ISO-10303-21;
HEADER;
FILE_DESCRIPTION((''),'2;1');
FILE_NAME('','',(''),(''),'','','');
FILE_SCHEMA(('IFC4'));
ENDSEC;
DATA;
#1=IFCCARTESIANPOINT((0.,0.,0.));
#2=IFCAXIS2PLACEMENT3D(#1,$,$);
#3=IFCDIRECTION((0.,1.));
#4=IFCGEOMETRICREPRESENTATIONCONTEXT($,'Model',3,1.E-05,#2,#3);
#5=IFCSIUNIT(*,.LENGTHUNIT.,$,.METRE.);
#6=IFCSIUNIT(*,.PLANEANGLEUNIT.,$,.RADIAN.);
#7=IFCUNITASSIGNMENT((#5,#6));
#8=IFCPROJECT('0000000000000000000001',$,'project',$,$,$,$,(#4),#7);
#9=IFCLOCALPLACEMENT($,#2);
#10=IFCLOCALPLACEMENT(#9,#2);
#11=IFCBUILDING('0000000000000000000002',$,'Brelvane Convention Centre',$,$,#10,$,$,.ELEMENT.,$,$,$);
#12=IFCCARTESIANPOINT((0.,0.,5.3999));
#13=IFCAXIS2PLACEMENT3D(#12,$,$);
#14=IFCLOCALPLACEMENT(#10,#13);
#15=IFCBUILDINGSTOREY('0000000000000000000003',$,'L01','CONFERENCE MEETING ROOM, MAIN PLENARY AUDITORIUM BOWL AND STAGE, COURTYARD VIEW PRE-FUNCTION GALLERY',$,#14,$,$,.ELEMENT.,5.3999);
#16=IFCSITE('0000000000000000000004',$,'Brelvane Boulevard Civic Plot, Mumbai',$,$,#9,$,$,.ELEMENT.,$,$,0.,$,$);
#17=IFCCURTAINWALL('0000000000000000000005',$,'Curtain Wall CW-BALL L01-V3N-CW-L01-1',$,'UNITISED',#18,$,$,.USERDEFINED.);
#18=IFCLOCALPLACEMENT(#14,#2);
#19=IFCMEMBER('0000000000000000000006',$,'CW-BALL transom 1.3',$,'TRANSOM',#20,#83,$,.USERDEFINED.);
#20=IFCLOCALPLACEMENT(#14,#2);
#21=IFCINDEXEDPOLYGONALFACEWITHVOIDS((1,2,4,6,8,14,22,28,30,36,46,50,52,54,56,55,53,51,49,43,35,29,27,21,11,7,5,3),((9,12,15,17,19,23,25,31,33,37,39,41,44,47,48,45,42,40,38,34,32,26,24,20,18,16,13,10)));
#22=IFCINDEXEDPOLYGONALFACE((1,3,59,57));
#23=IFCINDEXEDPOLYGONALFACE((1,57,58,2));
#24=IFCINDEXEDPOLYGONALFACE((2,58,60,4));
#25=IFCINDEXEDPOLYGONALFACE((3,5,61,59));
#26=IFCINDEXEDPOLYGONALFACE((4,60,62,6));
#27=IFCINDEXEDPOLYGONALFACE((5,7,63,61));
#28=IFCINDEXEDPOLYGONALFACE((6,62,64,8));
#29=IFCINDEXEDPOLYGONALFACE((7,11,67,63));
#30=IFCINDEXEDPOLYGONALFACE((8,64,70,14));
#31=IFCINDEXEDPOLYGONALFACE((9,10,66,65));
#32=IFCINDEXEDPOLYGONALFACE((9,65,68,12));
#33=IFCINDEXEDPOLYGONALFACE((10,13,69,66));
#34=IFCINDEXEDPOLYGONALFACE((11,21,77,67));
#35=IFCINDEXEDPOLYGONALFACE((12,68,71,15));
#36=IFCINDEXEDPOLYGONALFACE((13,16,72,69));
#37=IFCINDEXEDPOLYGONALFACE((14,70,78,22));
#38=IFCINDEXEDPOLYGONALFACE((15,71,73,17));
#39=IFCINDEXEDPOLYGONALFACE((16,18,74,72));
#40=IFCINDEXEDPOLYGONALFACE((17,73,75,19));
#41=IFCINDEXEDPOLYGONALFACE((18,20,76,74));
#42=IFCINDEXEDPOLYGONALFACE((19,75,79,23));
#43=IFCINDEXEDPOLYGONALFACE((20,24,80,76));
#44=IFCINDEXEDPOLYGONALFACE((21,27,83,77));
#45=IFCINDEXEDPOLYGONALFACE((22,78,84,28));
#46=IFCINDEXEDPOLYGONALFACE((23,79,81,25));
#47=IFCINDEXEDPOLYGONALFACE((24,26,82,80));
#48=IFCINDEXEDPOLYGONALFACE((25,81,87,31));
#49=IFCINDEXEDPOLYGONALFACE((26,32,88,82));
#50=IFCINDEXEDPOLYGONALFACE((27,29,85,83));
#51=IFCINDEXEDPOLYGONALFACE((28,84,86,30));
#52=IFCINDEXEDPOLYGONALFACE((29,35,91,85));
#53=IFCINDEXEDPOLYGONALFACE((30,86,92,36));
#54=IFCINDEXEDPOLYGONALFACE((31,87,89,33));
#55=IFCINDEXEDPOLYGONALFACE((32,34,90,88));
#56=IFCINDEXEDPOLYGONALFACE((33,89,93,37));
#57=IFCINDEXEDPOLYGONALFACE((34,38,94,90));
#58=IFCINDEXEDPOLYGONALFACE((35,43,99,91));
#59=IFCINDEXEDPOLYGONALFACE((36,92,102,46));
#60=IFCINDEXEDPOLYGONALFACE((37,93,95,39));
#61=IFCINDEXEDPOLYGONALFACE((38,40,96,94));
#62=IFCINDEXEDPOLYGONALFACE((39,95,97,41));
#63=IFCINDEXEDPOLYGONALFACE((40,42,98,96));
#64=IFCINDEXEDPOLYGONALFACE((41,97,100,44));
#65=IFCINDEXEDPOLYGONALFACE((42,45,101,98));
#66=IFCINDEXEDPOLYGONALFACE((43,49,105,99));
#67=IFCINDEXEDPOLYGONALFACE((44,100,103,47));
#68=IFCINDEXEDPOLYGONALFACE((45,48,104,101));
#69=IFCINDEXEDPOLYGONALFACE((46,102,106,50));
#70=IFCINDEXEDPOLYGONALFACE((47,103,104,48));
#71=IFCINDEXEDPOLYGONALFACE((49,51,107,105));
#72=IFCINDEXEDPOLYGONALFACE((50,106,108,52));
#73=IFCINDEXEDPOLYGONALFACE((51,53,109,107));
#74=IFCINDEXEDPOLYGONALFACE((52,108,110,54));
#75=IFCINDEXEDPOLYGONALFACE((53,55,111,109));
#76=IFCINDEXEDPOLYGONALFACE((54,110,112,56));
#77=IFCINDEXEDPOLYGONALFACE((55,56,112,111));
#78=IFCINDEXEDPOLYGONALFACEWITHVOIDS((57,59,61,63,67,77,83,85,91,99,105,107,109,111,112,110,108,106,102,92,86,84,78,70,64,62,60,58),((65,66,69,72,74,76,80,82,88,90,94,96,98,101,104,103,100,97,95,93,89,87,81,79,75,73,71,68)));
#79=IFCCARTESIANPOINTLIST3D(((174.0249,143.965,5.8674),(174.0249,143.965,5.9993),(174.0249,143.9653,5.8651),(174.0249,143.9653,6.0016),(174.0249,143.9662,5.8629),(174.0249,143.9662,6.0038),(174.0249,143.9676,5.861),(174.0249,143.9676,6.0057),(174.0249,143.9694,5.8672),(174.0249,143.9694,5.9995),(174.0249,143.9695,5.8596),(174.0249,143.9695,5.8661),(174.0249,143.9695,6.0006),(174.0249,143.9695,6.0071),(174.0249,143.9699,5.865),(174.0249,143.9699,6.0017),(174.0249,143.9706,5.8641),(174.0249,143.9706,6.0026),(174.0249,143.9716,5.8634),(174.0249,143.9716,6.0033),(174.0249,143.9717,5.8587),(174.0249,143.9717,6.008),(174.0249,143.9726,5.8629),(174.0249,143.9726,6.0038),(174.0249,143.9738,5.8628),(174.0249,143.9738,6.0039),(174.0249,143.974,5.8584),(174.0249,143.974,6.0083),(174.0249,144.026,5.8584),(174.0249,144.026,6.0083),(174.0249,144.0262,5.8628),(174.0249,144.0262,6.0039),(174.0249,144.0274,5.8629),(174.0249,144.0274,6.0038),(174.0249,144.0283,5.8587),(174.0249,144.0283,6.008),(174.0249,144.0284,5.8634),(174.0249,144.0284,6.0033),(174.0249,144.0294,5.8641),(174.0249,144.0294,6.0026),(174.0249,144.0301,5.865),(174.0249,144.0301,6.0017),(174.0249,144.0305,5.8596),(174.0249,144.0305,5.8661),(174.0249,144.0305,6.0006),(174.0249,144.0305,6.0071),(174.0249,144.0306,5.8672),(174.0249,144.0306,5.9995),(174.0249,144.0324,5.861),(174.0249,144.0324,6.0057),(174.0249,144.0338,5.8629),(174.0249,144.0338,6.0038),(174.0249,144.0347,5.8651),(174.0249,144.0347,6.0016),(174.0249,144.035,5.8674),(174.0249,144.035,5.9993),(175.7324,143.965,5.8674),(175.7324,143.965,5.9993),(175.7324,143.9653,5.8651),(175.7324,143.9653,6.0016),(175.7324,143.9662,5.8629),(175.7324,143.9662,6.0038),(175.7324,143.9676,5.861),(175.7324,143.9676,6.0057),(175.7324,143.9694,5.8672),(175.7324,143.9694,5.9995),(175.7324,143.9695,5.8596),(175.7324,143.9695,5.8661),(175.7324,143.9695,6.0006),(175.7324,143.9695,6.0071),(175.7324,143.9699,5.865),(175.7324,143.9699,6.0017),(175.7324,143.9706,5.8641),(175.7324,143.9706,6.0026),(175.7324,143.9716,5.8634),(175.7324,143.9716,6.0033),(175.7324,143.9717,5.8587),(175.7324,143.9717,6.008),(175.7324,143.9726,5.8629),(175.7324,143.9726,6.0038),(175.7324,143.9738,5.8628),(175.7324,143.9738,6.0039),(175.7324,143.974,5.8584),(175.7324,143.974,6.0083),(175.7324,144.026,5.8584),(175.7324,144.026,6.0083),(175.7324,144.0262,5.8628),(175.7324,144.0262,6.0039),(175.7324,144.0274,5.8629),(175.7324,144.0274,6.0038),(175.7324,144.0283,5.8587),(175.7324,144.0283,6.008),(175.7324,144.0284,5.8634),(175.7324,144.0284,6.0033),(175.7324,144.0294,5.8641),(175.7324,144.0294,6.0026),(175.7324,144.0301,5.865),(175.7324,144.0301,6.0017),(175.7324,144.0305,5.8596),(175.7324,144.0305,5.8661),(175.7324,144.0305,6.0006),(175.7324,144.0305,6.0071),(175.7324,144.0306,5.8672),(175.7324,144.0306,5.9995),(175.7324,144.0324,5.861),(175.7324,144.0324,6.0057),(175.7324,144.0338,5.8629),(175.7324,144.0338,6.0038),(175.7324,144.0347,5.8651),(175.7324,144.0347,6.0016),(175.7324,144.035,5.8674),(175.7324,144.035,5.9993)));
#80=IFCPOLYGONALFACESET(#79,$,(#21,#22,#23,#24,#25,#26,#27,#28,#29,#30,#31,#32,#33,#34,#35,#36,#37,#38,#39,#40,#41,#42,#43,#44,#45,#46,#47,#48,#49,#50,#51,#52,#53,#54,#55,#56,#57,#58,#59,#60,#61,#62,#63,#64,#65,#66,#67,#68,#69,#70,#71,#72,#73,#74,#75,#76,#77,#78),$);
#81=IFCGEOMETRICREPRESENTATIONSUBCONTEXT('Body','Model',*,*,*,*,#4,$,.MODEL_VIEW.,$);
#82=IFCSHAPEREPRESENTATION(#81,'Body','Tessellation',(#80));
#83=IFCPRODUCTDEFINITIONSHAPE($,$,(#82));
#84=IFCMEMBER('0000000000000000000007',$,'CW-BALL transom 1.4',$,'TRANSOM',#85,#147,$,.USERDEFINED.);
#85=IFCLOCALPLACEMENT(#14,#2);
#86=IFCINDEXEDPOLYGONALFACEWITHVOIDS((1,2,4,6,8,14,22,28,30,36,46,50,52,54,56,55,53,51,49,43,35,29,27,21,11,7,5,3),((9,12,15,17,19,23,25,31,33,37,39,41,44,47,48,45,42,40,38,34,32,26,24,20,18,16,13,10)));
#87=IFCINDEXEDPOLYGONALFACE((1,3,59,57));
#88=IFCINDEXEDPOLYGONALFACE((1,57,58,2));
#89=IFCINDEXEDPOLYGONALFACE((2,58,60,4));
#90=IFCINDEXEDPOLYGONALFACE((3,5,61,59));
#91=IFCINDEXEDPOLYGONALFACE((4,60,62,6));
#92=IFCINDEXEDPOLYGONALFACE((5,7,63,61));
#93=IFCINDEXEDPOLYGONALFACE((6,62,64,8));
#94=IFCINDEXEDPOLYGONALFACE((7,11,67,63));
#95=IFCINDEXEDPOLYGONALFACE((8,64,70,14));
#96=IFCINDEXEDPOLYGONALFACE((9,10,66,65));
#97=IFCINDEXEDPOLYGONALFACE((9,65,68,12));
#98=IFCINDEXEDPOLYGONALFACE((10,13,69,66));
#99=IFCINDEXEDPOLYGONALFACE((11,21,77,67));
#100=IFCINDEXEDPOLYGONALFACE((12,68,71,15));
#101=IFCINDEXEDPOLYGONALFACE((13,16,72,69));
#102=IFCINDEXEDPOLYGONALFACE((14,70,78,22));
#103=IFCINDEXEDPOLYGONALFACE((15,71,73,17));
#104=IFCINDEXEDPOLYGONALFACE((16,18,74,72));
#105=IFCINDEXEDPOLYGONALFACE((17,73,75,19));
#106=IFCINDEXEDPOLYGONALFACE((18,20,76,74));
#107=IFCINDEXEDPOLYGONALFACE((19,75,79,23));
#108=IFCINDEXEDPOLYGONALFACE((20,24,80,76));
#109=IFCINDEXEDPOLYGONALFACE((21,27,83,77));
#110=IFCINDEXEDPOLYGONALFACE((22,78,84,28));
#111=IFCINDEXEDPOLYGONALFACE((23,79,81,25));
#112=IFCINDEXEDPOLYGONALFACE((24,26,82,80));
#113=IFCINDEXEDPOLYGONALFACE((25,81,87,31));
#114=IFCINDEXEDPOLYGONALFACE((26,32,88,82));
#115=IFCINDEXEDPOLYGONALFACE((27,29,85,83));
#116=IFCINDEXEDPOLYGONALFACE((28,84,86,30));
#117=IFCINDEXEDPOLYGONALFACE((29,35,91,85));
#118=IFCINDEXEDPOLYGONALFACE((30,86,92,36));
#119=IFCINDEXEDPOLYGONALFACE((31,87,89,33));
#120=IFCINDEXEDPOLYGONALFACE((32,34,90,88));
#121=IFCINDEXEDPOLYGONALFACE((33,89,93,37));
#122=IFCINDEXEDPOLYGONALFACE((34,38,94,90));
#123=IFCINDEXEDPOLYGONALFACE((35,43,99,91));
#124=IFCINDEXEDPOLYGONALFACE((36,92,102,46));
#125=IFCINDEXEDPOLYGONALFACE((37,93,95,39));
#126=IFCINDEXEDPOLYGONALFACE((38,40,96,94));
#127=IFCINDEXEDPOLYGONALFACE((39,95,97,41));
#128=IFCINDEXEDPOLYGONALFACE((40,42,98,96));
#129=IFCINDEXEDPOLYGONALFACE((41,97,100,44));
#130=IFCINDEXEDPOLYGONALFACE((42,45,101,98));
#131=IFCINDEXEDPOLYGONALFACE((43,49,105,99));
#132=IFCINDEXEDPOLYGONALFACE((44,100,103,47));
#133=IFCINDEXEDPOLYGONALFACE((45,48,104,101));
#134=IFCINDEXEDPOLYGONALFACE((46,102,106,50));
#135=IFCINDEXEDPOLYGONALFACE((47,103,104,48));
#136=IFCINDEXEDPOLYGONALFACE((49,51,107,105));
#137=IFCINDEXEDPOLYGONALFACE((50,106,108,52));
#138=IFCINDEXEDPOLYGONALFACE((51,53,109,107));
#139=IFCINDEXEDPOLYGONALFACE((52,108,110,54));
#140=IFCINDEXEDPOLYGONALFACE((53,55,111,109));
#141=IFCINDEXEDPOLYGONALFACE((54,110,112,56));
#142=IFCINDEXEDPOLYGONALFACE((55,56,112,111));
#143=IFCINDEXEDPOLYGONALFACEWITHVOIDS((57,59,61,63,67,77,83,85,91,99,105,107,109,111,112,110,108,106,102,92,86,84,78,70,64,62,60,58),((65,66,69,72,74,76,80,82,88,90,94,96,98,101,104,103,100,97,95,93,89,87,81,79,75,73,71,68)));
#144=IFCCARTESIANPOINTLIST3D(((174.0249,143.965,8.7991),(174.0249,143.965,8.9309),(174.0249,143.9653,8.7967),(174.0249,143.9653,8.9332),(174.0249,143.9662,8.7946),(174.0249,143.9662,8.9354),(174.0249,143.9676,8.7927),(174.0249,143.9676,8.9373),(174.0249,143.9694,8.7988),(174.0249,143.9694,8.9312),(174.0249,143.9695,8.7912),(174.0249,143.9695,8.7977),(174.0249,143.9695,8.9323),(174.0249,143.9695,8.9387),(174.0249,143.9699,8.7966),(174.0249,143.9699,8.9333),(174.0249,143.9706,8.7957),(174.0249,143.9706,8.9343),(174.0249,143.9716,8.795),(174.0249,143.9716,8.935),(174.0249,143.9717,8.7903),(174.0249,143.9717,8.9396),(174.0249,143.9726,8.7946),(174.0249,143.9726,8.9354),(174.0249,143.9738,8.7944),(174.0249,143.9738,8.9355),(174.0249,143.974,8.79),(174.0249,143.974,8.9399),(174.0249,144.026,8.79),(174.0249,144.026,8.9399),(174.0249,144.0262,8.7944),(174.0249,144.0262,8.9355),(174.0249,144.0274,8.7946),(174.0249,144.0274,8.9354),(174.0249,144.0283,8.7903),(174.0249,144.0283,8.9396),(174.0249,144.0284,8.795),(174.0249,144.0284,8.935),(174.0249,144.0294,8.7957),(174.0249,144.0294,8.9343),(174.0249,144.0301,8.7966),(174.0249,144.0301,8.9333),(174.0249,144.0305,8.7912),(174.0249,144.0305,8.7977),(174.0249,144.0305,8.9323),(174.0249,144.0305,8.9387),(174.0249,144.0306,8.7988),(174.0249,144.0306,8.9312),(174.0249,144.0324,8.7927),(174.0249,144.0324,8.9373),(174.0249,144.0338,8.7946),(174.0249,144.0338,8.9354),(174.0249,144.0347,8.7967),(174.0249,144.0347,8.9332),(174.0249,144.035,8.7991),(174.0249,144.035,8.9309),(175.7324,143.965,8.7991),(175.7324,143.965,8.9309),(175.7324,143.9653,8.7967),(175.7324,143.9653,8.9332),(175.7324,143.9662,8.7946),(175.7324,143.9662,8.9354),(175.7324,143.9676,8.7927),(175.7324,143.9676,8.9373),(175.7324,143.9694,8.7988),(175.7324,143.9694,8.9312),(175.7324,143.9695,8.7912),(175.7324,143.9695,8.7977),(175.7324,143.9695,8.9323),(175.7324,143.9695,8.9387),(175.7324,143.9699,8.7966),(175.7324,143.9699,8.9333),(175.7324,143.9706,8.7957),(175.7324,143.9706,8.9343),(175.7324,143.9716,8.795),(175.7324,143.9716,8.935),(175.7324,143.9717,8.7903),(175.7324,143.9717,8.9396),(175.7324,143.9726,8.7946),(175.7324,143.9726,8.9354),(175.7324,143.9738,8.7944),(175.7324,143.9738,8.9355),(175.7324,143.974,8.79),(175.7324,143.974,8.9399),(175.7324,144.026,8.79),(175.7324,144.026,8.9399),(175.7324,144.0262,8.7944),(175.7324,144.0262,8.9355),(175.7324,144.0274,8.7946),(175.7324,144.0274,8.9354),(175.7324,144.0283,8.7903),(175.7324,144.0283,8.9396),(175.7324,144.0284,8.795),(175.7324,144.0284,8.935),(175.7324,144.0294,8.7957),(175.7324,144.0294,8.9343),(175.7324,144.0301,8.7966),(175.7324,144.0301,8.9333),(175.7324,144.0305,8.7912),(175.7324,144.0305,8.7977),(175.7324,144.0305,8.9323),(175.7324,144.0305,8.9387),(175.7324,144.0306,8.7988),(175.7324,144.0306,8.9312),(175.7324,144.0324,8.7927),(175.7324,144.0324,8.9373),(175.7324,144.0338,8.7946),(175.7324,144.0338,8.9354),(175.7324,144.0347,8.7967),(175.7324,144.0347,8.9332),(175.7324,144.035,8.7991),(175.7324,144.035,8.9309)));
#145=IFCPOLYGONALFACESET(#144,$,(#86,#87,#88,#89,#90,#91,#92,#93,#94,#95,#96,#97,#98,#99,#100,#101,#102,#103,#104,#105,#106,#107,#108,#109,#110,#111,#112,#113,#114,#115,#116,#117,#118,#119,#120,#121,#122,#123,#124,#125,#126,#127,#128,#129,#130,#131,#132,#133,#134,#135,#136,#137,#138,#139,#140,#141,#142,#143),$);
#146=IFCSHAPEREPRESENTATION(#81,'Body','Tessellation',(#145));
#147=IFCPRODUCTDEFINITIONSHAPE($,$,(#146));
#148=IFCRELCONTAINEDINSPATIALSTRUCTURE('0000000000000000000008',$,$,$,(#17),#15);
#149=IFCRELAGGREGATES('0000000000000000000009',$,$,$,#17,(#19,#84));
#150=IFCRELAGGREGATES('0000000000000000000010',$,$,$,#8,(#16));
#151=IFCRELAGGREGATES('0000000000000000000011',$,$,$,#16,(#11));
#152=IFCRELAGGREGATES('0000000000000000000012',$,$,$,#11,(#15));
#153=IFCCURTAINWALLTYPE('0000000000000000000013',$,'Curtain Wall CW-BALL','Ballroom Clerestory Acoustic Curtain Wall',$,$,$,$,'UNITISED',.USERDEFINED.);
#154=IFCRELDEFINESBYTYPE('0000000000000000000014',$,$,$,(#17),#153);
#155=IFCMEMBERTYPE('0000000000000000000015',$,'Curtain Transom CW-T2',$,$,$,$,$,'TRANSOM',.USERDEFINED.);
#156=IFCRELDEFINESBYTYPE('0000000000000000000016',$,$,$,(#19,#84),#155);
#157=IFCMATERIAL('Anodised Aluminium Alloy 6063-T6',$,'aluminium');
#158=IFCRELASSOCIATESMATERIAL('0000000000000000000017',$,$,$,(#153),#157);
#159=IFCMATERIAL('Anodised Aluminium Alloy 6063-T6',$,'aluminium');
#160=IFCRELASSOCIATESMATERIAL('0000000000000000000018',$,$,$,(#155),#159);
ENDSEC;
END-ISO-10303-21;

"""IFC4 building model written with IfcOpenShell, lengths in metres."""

from ifc_helpers import new_model, si_unit, direction, frame, origin, origin_2d, place, context, subcontext, project, spatial, hollow_rectangle, extrude, material, material_profile, profile_set, type_object, element, aggregate, save


model = new_model("IFC4")

# Units and contexts
model_context = context("Model", 3, precision=1e-05, world=origin(), true_north=direction((0.0, 1.0)))
body_context = subcontext(model_context, "Body", "Model", "MODEL_VIEW")
ifc_project = project(units=[si_unit("LENGTHUNIT", "METRE"), si_unit("PLANEANGLEUNIT", "RADIAN")], contexts=[model_context])

# Site, building, storey
site_placement = place(None, origin())
site = spatial("IfcSite", under=ifc_project, at=site_placement, Name="Brelvane Boulevard Civic Plot, Mumbai", CompositionType="ELEMENT", RefElevation=0.0)
building_placement = place(site_placement, origin())
building = spatial("IfcBuilding", under=site, at=building_placement, Name="Brelvane Convention Centre", CompositionType="ELEMENT")
storey_placement = place(building_placement, frame((0.0, 0.0, 5.3999)))
storey = spatial("IfcBuildingStorey", under=building, at=storey_placement, Name="L01", Description="CONFERENCE MEETING ROOM, MAIN PLENARY AUDITORIUM BOWL AND STAGE, COURTYARD VIEW PRE-FUNCTION GALLERY", CompositionType="ELEMENT", Elevation=5.3999)

# Curtain wall, members
ifc_material_1 = material(Name="Anodised Aluminium Alloy 6063-T6", Category="aluminium")
curtain_wall_type = type_object("IfcCurtainWallType", Name="Curtain Wall CW-BALL", Description="Ballroom Clerestory Acoustic Curtain Wall", ElementType="UNITISED", PredefinedType="USERDEFINED", material=ifc_material_1)
curtain_wall_placement = place(storey_placement, origin())
curtain_wall = element("IfcCurtainWall", 1, at=curtain_wall_placement, inside=storey, type_object=curtain_wall_type, Name="Curtain Wall CW-BALL L01-V3N-CW-L01-1", ObjectType="UNITISED", PredefinedType="USERDEFINED")
ifc_material_2 = material(Name="Anodised Aluminium Alloy 6063-T6", Category="aluminium")
ifc_material_profile_1 = material_profile(ifc_material_2, hollow_rectangle(XDim=0.0701, YDim=0.1499, WallThickness=0.0044, InnerFilletRadius=0.0044, OuterFilletRadius=0.009, at=origin_2d()), Name="ALU-T 150x70x4.5")
ifc_profile_set_1 = profile_set([ifc_material_profile_1], Name="Anodised Aluminium Alloy 6063-T6")
member_type_1 = type_object("IfcMemberType", Name="Curtain Transom CW-T2", ElementType="TRANSOM", PredefinedType="USERDEFINED", material=ifc_profile_set_1)
member_1_placement = place(storey_placement, frame((174.0249, 144.0, 5.9333), z_axis=(1.0, 0.0, 0.0), x_axis=(0.0, 1.0, 0.0)))
member_1 = element("IfcMember", 2, at=member_1_placement, type_object=member_type_1, Name="CW-BALL transom 1.3", ObjectType="TRANSOM", PredefinedType="USERDEFINED", context=body_context, shape_type="SweptSolid", body=[
    extrude(hollow_rectangle(XDim=0.0701, YDim=0.1499, WallThickness=0.0044, InnerFilletRadius=0.0044, OuterFilletRadius=0.009, at=origin_2d()), origin(), (0.0, 0.0, 1.0), 1.7075),
])
member_2_placement = place(storey_placement, frame((174.0249, 144.0, 8.865), z_axis=(1.0, 0.0, 0.0), x_axis=(0.0, 1.0, 0.0)))
member_2 = element("IfcMember", 3, at=member_2_placement, type_object=member_type_1, Name="CW-BALL transom 1.4", ObjectType="TRANSOM", PredefinedType="USERDEFINED", context=body_context, shape_type="SweptSolid", body=[
    extrude(hollow_rectangle(XDim=0.0701, YDim=0.1499, WallThickness=0.0044, InnerFilletRadius=0.0044, OuterFilletRadius=0.009, at=origin_2d()), origin(), (0.0, 0.0, 1.0), 1.7075),
])

aggregate(curtain_wall, [member_1, member_2])

save(model, "model.ifc")
